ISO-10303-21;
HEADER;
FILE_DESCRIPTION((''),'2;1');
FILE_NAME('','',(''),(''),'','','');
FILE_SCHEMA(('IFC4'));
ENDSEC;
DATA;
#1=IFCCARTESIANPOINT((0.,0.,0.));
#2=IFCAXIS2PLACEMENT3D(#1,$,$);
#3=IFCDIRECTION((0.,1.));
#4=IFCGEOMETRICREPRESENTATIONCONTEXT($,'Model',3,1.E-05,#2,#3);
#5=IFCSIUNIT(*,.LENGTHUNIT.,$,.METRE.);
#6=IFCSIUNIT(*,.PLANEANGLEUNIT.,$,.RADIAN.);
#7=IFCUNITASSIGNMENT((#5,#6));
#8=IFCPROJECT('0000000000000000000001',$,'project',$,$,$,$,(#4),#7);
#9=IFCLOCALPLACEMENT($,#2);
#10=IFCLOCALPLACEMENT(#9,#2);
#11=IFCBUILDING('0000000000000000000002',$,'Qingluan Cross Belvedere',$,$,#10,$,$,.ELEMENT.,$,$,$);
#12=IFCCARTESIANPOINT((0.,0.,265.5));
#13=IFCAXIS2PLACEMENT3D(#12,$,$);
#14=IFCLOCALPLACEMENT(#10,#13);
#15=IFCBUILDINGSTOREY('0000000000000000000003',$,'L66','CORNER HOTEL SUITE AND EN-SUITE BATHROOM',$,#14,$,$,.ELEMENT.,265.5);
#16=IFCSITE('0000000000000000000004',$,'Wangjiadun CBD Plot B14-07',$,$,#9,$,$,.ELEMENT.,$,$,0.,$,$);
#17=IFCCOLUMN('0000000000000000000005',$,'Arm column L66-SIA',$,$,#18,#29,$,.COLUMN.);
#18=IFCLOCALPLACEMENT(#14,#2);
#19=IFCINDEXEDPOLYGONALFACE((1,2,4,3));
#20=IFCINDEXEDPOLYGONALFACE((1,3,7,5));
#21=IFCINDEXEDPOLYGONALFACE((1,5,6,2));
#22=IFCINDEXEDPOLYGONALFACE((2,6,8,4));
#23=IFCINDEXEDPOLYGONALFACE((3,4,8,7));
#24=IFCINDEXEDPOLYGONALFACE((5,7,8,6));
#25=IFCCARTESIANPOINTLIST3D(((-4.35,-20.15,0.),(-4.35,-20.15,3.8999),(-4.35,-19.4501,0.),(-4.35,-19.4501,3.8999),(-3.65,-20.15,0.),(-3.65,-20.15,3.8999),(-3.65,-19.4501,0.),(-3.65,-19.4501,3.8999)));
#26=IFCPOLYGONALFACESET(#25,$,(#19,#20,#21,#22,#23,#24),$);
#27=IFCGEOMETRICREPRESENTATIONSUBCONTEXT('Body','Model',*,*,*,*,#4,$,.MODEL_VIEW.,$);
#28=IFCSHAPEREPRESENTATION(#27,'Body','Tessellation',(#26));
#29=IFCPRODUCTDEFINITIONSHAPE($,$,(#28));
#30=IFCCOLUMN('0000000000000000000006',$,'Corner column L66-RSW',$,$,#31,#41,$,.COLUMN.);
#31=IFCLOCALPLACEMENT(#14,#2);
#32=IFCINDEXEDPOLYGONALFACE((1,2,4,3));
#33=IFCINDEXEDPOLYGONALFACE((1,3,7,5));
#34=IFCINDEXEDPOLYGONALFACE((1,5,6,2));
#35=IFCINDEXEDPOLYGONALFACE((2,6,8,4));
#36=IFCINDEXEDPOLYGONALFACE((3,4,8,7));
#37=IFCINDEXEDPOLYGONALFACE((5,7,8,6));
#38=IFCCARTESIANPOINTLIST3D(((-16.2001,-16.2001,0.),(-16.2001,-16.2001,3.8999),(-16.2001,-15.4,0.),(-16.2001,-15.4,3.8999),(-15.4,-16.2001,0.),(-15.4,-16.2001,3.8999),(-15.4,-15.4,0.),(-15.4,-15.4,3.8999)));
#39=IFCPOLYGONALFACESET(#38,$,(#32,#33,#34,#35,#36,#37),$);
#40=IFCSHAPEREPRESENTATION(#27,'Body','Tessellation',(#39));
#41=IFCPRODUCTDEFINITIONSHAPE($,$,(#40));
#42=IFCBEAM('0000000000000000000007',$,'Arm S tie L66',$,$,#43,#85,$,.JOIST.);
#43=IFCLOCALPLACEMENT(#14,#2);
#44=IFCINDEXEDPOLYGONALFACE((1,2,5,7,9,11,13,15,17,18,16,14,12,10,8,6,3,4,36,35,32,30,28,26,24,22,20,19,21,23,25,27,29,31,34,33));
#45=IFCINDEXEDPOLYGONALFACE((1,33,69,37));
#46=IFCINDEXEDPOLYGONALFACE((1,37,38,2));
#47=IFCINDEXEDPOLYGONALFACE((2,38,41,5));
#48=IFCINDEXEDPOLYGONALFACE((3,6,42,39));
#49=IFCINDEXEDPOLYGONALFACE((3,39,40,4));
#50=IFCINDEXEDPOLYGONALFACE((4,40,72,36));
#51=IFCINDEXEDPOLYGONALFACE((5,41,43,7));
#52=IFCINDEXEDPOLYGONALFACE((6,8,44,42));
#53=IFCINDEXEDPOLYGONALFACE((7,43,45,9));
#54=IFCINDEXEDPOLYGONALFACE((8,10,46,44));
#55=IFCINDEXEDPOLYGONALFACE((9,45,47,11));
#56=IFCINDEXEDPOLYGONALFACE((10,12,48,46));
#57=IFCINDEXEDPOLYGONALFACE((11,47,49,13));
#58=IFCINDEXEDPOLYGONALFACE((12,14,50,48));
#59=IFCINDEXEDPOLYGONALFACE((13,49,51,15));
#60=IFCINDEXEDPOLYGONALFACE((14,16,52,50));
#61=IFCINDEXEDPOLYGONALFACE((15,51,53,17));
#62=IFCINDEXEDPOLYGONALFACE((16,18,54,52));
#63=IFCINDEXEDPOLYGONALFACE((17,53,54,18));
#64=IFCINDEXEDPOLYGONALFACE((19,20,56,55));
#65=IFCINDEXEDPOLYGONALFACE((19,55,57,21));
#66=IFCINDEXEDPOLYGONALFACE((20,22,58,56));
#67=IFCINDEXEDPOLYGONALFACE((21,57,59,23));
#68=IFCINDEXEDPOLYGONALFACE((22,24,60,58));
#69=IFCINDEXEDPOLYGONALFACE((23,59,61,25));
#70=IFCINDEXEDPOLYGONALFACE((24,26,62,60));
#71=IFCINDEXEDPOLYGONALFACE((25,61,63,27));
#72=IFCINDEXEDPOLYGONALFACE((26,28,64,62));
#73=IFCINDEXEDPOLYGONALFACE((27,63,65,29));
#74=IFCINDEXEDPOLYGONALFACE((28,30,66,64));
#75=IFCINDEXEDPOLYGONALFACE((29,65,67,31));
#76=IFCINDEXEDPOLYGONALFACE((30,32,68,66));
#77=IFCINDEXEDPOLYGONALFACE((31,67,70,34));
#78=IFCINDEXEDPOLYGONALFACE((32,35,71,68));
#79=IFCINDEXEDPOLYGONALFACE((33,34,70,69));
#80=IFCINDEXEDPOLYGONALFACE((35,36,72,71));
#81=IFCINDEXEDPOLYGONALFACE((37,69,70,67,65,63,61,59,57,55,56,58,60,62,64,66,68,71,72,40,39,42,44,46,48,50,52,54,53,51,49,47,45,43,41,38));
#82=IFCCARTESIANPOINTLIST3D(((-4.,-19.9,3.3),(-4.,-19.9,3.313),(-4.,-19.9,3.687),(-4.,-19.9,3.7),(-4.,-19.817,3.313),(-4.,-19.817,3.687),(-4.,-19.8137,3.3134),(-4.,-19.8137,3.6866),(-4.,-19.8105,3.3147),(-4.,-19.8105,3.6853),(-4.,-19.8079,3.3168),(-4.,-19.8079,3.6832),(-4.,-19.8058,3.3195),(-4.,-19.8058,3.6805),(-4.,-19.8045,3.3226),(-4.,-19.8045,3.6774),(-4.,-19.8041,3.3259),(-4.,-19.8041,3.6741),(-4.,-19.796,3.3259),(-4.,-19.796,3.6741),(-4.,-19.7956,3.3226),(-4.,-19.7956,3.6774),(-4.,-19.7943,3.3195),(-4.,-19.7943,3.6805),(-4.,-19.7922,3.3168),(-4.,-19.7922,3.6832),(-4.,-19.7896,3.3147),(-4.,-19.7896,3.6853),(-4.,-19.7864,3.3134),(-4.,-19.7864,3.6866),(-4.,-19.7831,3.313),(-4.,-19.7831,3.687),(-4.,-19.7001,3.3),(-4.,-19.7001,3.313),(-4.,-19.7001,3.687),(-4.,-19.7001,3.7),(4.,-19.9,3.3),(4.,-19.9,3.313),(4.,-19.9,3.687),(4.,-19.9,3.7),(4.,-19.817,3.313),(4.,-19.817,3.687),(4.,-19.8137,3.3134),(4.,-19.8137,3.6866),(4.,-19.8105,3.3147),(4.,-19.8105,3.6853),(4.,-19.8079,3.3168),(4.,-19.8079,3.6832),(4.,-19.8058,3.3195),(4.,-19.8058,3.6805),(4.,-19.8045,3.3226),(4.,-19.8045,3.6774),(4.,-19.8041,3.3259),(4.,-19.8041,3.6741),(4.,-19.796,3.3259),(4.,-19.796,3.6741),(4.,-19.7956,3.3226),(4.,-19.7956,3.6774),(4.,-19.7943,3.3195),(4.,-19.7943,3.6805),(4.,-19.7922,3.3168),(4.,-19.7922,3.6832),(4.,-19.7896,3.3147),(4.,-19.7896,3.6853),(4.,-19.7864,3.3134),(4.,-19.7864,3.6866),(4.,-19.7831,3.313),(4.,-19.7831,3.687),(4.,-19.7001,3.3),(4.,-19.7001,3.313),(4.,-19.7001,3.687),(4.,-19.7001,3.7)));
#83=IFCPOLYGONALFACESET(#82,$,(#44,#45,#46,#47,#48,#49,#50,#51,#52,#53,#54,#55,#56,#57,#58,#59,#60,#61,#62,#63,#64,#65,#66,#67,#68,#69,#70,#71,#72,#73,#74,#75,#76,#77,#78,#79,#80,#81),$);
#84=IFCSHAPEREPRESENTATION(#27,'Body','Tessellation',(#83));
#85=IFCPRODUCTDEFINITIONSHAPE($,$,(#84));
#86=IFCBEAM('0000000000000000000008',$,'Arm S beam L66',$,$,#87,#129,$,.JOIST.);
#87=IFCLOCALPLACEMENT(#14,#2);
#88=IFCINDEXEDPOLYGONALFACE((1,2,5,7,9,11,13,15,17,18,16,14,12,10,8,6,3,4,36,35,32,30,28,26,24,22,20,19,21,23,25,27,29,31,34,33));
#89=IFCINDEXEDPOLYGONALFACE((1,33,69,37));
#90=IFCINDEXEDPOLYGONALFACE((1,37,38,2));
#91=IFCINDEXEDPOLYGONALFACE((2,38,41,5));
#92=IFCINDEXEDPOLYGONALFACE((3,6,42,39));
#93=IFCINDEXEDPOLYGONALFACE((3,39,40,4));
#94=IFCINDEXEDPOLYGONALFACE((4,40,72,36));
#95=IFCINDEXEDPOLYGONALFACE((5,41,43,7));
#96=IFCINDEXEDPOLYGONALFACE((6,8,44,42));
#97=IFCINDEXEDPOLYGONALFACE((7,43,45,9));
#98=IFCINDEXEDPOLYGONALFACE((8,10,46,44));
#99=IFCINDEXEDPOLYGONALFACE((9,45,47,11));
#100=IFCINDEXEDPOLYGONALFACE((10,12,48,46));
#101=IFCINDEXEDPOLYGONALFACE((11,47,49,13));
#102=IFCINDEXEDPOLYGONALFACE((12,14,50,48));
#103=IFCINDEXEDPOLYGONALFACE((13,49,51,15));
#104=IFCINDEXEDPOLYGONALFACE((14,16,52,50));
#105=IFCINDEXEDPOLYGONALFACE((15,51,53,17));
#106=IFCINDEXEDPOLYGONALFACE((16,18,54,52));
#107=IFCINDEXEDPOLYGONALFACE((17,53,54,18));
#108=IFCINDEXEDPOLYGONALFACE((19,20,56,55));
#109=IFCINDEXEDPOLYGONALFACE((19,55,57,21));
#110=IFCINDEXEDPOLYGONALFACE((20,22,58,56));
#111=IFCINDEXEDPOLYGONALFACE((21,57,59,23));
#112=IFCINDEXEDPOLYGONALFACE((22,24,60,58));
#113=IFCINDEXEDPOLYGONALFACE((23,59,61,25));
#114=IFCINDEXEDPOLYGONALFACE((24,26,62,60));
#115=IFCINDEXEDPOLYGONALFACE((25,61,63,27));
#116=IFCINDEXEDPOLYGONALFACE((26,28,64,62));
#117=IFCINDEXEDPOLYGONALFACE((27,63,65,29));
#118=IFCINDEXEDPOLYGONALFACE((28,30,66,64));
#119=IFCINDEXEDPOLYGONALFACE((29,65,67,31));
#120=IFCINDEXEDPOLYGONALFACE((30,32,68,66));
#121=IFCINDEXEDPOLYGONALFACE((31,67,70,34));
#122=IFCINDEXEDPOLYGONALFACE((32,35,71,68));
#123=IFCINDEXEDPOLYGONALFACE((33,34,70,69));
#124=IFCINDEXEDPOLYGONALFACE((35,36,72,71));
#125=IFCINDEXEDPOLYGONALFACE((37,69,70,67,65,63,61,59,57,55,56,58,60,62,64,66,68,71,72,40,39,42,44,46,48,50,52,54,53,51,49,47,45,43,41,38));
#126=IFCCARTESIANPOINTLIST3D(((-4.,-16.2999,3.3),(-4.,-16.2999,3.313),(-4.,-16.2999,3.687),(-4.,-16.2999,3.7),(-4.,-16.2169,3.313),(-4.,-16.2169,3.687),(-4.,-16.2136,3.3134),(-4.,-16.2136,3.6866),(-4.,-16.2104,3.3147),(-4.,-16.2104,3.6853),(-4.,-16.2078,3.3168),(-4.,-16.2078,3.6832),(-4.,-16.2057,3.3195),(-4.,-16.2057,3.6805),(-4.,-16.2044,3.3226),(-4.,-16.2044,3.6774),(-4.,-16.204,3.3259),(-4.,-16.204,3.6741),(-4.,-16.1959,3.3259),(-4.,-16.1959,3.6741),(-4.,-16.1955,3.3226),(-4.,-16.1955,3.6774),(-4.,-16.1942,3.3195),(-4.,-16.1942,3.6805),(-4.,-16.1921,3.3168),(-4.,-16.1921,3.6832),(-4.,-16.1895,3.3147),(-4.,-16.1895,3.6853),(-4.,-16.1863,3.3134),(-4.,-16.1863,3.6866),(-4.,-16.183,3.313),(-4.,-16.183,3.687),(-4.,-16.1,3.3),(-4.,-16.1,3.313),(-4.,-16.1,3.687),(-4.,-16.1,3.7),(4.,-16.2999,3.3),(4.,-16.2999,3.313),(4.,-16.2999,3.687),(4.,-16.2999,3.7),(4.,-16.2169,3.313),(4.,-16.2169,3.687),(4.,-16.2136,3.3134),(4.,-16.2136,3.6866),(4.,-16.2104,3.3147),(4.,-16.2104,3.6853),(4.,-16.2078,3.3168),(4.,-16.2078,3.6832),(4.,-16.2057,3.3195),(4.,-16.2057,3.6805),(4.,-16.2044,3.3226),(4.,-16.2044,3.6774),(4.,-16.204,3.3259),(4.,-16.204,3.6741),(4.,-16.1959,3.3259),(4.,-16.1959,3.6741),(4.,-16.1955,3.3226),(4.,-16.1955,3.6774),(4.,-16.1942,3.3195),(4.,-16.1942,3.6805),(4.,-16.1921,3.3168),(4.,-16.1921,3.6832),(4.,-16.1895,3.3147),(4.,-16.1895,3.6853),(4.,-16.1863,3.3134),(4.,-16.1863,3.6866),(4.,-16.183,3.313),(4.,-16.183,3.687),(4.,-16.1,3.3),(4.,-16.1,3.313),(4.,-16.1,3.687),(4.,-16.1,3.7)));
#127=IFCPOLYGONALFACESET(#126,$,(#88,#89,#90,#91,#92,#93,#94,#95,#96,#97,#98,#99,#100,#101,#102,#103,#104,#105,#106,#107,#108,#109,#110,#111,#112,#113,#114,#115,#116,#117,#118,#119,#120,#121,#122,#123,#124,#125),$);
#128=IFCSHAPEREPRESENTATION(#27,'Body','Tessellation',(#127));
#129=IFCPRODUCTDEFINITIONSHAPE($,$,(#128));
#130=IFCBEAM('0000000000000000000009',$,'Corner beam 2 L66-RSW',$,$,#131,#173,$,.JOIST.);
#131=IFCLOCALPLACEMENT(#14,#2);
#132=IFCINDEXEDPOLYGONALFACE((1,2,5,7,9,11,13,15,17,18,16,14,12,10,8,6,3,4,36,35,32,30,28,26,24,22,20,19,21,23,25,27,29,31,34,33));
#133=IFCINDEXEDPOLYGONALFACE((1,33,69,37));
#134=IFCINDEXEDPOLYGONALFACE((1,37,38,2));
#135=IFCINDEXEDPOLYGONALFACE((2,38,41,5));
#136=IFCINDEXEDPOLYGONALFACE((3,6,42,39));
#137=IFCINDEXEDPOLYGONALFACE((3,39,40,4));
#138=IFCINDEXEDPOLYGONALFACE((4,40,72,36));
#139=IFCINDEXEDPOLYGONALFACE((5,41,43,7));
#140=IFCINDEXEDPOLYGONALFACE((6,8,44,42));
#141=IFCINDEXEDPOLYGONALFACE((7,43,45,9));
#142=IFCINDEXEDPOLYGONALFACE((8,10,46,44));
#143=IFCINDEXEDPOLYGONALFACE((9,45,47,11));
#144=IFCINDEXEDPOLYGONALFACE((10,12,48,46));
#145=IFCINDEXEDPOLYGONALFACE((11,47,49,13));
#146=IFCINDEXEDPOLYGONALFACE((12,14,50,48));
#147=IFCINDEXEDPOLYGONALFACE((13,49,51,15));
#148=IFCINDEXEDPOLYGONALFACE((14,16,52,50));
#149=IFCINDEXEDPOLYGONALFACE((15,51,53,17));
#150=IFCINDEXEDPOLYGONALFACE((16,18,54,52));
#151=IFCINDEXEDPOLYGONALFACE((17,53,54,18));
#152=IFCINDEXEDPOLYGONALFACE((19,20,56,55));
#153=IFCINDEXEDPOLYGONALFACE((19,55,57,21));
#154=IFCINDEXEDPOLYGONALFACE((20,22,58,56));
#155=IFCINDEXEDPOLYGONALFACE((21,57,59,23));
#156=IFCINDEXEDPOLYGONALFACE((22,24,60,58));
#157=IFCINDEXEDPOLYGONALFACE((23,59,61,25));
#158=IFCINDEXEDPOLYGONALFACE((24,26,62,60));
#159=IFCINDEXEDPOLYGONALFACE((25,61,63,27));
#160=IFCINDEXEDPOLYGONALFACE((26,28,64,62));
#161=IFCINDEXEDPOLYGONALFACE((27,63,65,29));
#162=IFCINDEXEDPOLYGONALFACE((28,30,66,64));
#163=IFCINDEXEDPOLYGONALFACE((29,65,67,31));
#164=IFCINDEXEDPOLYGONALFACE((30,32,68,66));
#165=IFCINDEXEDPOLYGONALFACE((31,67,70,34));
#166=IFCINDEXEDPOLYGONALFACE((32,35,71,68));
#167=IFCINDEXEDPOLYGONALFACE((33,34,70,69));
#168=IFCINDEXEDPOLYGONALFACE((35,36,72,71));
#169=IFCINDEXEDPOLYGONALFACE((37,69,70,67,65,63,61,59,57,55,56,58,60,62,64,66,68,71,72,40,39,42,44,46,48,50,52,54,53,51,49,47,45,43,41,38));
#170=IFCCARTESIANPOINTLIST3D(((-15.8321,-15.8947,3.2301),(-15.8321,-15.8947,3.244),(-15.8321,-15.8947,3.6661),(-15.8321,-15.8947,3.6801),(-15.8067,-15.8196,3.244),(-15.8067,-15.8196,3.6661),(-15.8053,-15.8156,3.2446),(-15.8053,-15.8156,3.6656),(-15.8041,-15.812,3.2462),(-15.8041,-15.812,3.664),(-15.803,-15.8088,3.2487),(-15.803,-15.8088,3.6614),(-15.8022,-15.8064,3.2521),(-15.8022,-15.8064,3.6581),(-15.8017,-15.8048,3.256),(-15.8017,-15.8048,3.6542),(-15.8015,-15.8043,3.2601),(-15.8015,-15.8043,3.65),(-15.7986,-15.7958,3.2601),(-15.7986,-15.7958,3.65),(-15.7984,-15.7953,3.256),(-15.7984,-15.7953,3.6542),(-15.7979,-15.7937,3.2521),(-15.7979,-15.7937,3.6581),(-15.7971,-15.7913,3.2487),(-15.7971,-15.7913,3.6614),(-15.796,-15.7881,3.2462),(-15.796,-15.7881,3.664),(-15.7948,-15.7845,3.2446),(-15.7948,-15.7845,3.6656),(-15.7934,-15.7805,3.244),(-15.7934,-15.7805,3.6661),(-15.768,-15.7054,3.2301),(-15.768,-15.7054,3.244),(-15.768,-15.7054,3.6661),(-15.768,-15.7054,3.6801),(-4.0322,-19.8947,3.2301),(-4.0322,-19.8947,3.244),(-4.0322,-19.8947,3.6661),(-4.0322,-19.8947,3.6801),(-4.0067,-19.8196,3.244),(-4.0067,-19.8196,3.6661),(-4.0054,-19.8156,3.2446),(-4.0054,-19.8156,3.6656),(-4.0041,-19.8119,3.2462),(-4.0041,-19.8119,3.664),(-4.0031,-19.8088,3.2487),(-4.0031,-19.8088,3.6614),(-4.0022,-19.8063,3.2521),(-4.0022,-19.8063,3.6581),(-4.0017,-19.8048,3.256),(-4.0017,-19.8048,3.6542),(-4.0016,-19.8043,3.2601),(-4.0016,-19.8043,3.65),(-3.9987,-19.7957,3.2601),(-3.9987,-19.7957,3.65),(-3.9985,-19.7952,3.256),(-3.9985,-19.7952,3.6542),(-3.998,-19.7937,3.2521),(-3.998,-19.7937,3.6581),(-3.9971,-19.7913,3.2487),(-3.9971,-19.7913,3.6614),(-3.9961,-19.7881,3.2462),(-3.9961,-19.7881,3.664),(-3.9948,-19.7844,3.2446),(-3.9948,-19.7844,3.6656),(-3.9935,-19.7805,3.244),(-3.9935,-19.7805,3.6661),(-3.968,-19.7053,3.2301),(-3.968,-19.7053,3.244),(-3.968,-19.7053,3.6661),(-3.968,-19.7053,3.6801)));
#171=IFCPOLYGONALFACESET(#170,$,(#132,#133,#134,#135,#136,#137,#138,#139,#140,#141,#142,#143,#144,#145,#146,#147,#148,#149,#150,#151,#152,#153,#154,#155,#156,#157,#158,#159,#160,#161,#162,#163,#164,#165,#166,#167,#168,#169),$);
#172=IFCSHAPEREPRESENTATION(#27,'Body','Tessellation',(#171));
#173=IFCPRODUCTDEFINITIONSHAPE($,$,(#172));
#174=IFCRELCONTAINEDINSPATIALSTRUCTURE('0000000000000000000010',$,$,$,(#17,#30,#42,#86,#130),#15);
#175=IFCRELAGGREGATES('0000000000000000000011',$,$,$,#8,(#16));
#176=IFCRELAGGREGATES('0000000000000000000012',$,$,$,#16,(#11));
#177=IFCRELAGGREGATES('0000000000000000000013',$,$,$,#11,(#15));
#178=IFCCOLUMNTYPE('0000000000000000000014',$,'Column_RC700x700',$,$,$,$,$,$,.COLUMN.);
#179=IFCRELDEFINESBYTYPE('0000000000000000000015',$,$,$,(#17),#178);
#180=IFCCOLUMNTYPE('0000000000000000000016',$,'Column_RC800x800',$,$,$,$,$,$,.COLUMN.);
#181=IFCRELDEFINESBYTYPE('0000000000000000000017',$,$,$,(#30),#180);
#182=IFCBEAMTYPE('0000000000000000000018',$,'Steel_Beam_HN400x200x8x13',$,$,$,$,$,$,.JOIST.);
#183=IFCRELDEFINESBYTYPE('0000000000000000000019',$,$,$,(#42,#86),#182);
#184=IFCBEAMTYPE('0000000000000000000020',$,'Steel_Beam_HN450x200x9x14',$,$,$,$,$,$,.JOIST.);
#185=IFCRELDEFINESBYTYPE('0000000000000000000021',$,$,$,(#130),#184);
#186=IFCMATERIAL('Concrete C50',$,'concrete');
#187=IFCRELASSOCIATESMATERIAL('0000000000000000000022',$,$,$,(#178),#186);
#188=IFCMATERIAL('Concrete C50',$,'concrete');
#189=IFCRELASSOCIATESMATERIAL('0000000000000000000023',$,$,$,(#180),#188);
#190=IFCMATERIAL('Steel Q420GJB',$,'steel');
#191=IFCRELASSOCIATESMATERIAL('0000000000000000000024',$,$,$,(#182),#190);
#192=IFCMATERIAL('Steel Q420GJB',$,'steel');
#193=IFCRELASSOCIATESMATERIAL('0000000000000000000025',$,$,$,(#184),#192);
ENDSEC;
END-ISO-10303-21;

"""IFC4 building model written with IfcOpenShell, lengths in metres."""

from ifc_helpers import new_model, si_unit, direction, frame, origin, origin_2d, place, context, subcontext, project, spatial, rectangle, i_section, extrude, material, material_profile, profile_set, type_object, element, save


model = new_model("IFC4")

# Units and contexts
model_context = context("Model", 3, precision=1e-05, world=origin(), true_north=direction((0.0, 1.0)))
body_context = subcontext(model_context, "Body", "Model", "MODEL_VIEW")
ifc_project = project(units=[si_unit("LENGTHUNIT", "METRE"), si_unit("PLANEANGLEUNIT", "RADIAN")], contexts=[model_context])

# Site, building, storey
site_placement = place(None, origin())
site = spatial("IfcSite", under=ifc_project, at=site_placement, Name="Wangjiadun CBD Plot B14-07", CompositionType="ELEMENT", RefElevation=0.0)
building_placement = place(site_placement, origin())
building = spatial("IfcBuilding", under=site, at=building_placement, Name="Qingluan Cross Belvedere", CompositionType="ELEMENT")
storey_placement = place(building_placement, frame((0.0, 0.0, 265.5)))
storey = spatial("IfcBuildingStorey", under=building, at=storey_placement, Name="L66", Description="CORNER HOTEL SUITE AND EN-SUITE BATHROOM", CompositionType="ELEMENT", Elevation=265.5)

# Columns
ifc_material_1 = material(Name="Concrete C50", Category="concrete")
ifc_material_profile_1 = material_profile(ifc_material_1, rectangle(XDim=0.7, YDim=0.7, at=origin_2d()), Name="RC700x700")
ifc_profile_set_1 = profile_set([ifc_material_profile_1], Name="Concrete C50")
column_type_1 = type_object("IfcColumnType", Name="Column_RC700x700", PredefinedType="COLUMN", material=ifc_profile_set_1)
column_1_placement = place(storey_placement, frame((-4.0, -19.8, 0.0), z_axis=(0.0, 0.0, 1.0), x_axis=(1.0, 0.0, 0.0)))
element("IfcColumn", 1, at=column_1_placement, inside=storey, type_object=column_type_1, Name="Arm column L66-SIA", PredefinedType="COLUMN", context=body_context, shape_type="SweptSolid", body=[
    extrude(rectangle(XDim=0.7, YDim=0.7, at=origin_2d()), origin(), (0.0, 0.0, 1.0), 3.8999),
])
ifc_material_2 = material(Name="Concrete C50", Category="concrete")
ifc_material_profile_2 = material_profile(ifc_material_2, rectangle(XDim=0.8, YDim=0.8, at=origin_2d()), Name="RC800x800")
ifc_profile_set_2 = profile_set([ifc_material_profile_2], Name="Concrete C50")
column_type_2 = type_object("IfcColumnType", Name="Column_RC800x800", PredefinedType="COLUMN", material=ifc_profile_set_2)
column_2_placement = place(storey_placement, frame((-15.8, -15.8, 0.0), z_axis=(0.0, 0.0, 1.0), x_axis=(1.0, 0.0, 0.0)))
element("IfcColumn", 2, at=column_2_placement, inside=storey, type_object=column_type_2, Name="Corner column L66-RSW", PredefinedType="COLUMN", context=body_context, shape_type="SweptSolid", body=[
    extrude(rectangle(XDim=0.8, YDim=0.8, at=origin_2d()), origin(), (0.0, 0.0, 1.0), 3.8999),
])

# Beams
ifc_material_3 = material(Name="Steel Q420GJB", Category="steel")
ifc_material_profile_3 = material_profile(ifc_material_3, i_section(OverallWidth=0.2, OverallDepth=0.3999, WebThickness=0.0081, FlangeThickness=0.0129, FilletRadius=0.0129, at=origin_2d()), Name="HN400x200x8x13")
ifc_profile_set_3 = profile_set([ifc_material_profile_3], Name="Steel Q420GJB")
beam_type_1 = type_object("IfcBeamType", Name="Steel_Beam_HN400x200x8x13", PredefinedType="JOIST", material=ifc_profile_set_3)
for number, where, z_axis, x_axis, name in (
    (3, (-4.0, -19.8, 3.5), (1.0, 0.0, 0.0), (0.0, 1.0, 0.0), "Arm S tie L66"),
    (4, (-4.0, -16.2, 3.5), (1.0, 0.0, 0.0), (0.0, 1.0, 0.0), "Arm S beam L66"),
):
    element("IfcBeam", number, at=place(storey_placement, frame(where, z_axis=z_axis, x_axis=x_axis)), inside=storey, type_object=beam_type_1, Name=name, PredefinedType="JOIST", context=body_context, shape_type="SweptSolid", body=[
        extrude(i_section(OverallWidth=0.2, OverallDepth=0.3999, WebThickness=0.0081, FlangeThickness=0.0129, FilletRadius=0.0129, at=origin_2d()), origin(), (0.0, 0.0, 1.0), 8.0),
    ])
ifc_material_4 = material(Name="Steel Q420GJB", Category="steel")
ifc_material_profile_4 = material_profile(ifc_material_4, i_section(OverallWidth=0.2, OverallDepth=0.45, WebThickness=0.009, FlangeThickness=0.0139, FilletRadius=0.0161, at=origin_2d()), Name="HN450x200x9x14")
ifc_profile_set_4 = profile_set([ifc_material_profile_4], Name="Steel Q420GJB")
beam_type_2 = type_object("IfcBeamType", Name="Steel_Beam_HN450x200x9x14", PredefinedType="JOIST", material=ifc_profile_set_4)
for number, where, z_axis, x_axis, name in (
    (5, (-15.8, -15.8, 3.4551), (0.947066, -0.321038, 0.0), (0.321038, 0.947066, 0.0), "Corner beam 2 L66-RSW"),
):
    element("IfcBeam", number, at=place(storey_placement, frame(where, z_axis=z_axis, x_axis=x_axis)), inside=storey, type_object=beam_type_2, Name=name, PredefinedType="JOIST", context=body_context, shape_type="SweptSolid", body=[
        extrude(i_section(OverallWidth=0.2, OverallDepth=0.45, WebThickness=0.009, FlangeThickness=0.0139, FilletRadius=0.0161, at=origin_2d()), origin(), (0.0, 0.0, 1.0), 12.4595),
    ])

save(model, "model.ifc")
